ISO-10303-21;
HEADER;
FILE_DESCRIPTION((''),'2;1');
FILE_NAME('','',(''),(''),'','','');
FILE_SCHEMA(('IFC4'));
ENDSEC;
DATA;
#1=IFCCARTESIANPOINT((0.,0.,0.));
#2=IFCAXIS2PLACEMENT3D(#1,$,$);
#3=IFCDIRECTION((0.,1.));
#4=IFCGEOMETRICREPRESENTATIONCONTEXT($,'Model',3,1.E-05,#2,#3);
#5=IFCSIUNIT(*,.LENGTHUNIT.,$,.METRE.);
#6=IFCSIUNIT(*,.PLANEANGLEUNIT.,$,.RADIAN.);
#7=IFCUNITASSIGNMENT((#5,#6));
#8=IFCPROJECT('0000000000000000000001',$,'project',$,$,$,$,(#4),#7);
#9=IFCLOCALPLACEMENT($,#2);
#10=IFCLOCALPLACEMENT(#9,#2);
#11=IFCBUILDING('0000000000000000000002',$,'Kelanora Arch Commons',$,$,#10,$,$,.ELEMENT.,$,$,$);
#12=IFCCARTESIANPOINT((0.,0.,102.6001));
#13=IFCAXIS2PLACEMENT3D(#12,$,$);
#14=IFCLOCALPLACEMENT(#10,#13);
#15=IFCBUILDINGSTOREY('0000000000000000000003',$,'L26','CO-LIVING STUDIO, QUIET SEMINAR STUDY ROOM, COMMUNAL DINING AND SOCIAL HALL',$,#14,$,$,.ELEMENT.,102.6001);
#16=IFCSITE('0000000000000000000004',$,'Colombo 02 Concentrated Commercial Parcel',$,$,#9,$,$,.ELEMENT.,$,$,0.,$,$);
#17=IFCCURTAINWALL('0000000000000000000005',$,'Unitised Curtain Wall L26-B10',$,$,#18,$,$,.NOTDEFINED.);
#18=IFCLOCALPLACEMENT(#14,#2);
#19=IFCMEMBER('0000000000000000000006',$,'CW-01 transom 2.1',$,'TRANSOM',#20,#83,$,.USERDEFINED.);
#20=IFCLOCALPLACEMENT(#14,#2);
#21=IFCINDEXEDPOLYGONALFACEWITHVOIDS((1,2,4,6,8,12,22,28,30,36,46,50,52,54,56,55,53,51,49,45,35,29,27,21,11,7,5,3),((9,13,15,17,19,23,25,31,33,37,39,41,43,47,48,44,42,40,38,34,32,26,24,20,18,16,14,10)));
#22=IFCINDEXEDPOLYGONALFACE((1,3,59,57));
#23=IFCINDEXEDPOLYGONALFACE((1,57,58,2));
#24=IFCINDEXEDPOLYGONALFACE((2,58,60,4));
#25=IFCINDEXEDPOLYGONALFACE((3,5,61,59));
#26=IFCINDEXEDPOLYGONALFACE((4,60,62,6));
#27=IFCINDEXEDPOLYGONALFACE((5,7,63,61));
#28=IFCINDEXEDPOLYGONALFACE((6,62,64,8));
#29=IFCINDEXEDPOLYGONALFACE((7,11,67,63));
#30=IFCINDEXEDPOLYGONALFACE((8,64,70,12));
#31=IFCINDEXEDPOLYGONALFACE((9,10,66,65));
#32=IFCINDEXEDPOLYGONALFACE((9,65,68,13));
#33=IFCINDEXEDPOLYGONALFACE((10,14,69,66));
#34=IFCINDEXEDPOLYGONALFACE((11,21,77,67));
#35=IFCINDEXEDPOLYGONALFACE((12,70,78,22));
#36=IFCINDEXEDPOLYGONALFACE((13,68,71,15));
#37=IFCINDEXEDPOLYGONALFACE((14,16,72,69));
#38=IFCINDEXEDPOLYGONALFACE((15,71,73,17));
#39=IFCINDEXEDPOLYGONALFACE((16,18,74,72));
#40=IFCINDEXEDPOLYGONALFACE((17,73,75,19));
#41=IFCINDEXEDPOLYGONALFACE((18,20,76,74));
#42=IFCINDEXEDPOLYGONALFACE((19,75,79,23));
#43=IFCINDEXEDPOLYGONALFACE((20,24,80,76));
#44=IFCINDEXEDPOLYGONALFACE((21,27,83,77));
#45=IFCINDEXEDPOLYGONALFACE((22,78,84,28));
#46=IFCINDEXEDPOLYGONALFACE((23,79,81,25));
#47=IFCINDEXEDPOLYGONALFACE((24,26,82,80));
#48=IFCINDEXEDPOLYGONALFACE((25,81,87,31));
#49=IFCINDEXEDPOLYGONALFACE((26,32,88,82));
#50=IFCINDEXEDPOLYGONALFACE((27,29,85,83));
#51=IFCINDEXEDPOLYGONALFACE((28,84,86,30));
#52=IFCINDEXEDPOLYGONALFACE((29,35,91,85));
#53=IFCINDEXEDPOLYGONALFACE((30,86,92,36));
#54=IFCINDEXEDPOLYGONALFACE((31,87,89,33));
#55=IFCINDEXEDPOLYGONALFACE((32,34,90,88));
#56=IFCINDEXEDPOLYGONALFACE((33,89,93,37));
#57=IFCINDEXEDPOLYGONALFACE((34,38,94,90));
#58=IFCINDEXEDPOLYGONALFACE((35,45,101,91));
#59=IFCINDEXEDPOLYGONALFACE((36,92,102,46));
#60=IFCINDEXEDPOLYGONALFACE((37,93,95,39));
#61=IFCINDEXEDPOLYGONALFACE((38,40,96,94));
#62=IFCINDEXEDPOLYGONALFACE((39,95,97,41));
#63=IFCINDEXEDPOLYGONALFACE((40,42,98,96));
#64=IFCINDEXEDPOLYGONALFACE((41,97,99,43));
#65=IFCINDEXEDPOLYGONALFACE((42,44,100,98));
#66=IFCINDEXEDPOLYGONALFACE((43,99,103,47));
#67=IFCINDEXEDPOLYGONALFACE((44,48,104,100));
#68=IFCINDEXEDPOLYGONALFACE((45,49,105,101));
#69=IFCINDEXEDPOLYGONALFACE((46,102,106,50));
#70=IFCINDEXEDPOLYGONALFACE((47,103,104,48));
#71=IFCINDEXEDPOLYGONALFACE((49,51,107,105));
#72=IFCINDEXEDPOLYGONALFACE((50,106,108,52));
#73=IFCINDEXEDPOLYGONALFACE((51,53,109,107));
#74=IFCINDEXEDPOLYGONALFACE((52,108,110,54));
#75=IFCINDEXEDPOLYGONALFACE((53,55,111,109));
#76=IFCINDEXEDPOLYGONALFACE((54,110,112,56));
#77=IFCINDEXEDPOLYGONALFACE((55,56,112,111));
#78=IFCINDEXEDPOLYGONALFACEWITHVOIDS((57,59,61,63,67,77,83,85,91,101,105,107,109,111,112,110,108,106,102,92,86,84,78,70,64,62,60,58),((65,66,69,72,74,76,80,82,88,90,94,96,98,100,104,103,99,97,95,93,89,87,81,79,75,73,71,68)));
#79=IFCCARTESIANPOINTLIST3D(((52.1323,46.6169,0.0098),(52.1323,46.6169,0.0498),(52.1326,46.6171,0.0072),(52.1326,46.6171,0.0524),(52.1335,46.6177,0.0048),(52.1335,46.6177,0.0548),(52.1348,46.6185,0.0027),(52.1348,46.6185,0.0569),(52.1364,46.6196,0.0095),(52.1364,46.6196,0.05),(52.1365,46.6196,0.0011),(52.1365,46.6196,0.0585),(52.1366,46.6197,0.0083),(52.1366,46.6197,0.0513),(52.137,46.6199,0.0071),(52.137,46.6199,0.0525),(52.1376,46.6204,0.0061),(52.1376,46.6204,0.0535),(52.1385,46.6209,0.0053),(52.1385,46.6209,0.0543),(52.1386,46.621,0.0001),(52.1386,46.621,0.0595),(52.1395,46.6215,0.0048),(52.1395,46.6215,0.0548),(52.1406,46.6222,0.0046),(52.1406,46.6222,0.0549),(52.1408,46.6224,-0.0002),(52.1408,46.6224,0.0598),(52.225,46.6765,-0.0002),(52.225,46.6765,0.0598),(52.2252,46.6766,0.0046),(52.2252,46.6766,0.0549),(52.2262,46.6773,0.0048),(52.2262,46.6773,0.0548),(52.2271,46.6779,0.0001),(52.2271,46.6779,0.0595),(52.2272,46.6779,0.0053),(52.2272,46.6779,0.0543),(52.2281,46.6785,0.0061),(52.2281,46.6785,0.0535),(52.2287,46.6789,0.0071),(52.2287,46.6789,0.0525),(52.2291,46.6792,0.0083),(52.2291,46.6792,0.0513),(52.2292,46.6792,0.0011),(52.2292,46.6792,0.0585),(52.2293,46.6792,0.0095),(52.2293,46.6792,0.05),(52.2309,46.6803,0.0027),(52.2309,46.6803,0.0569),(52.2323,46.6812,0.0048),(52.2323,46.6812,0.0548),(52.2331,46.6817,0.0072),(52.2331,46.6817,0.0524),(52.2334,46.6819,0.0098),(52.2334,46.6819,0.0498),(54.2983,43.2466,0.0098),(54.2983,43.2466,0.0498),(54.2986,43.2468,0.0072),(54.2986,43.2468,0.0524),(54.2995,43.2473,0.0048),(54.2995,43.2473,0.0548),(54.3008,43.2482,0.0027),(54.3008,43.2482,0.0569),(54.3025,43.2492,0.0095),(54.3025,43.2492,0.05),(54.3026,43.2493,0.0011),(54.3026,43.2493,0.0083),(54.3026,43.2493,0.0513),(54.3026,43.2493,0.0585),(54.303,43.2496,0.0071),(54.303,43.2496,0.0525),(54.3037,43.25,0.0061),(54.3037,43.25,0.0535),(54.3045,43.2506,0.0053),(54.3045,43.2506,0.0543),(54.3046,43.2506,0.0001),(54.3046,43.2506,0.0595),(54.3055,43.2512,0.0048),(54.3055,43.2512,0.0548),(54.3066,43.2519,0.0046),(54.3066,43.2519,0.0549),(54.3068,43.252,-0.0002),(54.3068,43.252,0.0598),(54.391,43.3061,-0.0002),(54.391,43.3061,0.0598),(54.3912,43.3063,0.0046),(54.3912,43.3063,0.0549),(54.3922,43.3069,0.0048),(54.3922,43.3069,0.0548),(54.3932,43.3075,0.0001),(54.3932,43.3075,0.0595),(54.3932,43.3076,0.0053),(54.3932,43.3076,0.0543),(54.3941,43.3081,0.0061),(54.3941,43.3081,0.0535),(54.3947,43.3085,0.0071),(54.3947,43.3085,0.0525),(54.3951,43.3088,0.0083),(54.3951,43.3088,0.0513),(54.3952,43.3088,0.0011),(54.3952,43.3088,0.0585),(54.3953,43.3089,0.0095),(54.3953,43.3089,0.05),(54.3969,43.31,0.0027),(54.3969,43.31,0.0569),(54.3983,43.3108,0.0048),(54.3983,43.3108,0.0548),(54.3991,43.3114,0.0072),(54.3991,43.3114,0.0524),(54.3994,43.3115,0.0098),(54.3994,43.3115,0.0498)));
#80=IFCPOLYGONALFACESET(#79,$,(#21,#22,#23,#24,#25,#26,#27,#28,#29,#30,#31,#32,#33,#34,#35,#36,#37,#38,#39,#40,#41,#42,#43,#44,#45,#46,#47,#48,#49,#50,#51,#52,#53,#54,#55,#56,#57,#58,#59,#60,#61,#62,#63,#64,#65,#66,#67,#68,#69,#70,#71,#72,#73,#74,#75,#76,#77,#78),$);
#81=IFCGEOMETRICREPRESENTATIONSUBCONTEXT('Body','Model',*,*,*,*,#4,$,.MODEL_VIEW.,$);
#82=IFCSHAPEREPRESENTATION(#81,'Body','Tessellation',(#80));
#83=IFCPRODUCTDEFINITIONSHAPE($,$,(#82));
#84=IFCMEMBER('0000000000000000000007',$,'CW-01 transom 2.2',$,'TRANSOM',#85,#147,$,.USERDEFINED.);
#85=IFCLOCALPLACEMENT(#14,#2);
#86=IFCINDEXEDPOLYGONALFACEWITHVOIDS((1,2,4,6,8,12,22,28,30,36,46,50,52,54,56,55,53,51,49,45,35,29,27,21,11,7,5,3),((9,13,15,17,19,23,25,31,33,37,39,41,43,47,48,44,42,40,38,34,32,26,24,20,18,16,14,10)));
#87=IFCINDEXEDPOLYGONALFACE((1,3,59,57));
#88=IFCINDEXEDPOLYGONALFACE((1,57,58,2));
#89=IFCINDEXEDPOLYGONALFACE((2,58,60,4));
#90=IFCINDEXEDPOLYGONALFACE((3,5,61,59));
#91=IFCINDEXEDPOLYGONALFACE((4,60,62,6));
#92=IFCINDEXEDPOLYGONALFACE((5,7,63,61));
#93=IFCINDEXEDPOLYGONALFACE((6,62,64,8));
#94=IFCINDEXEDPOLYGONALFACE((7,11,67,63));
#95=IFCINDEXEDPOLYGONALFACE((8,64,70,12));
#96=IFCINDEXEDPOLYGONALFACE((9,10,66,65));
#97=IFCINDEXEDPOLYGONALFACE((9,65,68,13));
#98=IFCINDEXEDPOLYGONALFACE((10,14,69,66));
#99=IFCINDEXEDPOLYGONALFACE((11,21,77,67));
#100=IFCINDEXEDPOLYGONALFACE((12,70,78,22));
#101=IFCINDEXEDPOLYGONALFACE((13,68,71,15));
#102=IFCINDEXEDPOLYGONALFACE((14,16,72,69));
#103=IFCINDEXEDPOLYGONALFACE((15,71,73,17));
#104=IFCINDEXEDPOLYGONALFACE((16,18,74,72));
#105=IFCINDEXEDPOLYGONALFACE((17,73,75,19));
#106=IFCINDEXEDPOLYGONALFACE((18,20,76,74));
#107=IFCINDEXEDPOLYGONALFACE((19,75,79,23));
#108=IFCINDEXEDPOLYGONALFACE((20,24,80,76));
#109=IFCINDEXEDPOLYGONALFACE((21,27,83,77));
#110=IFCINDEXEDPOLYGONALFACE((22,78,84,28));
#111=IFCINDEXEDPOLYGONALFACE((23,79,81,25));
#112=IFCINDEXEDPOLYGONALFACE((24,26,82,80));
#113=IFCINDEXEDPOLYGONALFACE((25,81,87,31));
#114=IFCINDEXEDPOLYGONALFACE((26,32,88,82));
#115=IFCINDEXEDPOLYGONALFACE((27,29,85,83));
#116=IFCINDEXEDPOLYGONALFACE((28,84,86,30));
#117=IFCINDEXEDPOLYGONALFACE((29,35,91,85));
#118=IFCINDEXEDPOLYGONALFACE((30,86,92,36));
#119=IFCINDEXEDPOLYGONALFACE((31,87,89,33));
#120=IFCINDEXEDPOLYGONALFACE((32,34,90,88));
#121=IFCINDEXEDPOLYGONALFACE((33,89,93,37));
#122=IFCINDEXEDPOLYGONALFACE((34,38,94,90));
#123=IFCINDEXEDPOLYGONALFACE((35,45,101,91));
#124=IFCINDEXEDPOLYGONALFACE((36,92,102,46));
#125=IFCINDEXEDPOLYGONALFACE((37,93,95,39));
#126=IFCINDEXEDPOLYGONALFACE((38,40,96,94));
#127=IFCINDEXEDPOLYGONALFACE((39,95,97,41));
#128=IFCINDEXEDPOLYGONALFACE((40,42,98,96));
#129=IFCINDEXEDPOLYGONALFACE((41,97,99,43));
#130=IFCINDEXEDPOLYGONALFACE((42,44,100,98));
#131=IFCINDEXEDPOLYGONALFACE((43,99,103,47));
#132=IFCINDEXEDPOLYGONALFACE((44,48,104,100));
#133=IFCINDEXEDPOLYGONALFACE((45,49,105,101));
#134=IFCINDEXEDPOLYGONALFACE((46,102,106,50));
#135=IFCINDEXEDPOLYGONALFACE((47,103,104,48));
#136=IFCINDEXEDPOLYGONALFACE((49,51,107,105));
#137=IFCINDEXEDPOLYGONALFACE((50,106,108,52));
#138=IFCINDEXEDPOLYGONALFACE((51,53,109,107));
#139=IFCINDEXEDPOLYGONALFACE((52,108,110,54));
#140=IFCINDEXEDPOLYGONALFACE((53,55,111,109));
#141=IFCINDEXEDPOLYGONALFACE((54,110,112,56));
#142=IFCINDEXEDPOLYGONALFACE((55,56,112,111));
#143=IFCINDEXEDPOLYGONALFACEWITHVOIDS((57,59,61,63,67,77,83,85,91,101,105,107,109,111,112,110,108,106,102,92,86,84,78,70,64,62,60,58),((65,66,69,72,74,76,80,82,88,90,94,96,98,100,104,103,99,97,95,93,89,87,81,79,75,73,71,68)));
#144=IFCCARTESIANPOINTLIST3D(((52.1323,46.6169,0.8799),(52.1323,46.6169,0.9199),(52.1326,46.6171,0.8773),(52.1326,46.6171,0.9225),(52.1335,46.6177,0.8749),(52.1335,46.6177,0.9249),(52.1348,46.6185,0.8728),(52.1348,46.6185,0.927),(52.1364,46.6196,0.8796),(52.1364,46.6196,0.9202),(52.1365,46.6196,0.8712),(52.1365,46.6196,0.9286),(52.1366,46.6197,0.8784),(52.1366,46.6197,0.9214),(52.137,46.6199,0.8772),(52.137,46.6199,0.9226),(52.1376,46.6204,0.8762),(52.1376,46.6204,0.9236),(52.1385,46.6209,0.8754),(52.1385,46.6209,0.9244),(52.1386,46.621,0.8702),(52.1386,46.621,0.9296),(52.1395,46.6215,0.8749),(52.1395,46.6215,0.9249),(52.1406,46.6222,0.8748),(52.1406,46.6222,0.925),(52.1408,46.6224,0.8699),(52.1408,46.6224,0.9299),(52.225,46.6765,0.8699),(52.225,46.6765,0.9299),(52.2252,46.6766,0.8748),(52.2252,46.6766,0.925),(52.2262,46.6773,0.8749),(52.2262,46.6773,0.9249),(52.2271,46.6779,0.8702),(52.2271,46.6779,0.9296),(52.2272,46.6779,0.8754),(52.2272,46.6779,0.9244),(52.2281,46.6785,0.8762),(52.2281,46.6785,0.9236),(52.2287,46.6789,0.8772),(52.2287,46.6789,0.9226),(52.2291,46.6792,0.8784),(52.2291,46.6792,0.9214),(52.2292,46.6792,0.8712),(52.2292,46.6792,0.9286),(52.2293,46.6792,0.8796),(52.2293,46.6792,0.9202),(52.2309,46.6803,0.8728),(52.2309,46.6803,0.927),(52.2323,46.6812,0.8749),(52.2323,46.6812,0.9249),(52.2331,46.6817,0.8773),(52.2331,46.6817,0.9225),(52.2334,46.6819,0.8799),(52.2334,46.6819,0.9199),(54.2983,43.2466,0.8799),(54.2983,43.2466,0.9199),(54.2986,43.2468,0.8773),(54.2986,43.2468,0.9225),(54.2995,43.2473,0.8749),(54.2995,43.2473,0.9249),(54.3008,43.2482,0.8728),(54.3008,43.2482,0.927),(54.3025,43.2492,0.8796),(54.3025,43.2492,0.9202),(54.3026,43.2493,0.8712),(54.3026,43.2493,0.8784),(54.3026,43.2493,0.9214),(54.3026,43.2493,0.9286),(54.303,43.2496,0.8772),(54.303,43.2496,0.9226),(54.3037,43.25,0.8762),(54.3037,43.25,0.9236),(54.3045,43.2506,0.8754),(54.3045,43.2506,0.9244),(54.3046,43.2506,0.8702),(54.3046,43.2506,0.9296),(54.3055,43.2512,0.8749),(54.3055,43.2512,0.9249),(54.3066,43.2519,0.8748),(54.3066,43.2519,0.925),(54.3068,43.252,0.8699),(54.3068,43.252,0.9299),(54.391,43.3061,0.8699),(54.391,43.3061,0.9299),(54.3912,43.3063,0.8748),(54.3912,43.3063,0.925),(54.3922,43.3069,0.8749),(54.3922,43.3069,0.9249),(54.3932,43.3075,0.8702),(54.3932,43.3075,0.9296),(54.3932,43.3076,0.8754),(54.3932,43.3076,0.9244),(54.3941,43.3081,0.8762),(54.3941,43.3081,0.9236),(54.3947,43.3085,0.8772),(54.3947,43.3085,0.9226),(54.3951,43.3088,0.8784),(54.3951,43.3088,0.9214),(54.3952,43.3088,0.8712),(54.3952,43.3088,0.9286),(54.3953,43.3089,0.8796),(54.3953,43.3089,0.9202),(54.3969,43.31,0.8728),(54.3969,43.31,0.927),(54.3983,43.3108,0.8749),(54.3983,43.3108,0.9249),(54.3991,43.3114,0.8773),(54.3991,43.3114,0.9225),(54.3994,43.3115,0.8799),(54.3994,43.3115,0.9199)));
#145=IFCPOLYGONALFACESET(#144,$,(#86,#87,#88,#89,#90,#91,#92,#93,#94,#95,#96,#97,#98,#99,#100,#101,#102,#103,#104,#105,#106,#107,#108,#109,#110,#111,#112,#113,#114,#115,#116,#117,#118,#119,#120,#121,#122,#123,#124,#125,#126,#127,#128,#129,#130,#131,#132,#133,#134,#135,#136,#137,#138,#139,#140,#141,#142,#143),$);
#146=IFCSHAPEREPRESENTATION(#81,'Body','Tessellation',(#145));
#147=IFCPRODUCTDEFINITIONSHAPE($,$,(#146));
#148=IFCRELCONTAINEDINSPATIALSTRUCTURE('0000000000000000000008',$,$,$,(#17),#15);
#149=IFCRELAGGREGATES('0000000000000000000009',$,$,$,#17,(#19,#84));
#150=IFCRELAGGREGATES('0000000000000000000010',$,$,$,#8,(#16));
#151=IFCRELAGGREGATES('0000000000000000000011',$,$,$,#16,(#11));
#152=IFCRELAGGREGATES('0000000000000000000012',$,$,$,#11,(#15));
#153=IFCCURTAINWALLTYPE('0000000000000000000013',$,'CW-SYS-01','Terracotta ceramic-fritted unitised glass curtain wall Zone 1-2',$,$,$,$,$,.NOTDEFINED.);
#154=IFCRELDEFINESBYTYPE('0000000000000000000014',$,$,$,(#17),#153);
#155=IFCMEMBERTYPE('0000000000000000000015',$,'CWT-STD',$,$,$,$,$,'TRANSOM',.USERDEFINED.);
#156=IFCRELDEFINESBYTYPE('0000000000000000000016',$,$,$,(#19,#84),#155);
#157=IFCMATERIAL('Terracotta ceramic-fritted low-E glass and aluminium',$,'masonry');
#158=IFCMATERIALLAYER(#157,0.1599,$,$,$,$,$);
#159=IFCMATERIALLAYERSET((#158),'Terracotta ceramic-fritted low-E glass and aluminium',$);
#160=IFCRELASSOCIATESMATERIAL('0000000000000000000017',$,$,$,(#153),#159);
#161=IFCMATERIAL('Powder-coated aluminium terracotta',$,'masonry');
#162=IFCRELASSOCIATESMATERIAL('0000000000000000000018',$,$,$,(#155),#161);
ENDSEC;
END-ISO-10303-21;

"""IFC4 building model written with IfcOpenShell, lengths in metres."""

from ifc_helpers import new_model, si_unit, direction, frame, origin, origin_2d, place, context, subcontext, project, spatial, hollow_rectangle, extrude, material, layer, layer_set, material_profile, profile_set, type_object, element, aggregate, save


model = new_model("IFC4")

# Units and contexts
model_context = context("Model", 3, precision=1e-05, world=origin(), true_north=direction((0.0, 1.0)))
body_context = subcontext(model_context, "Body", "Model", "MODEL_VIEW")
ifc_project = project(units=[si_unit("LENGTHUNIT", "METRE"), si_unit("PLANEANGLEUNIT", "RADIAN")], contexts=[model_context])

# Site, building, storey
site_placement = place(None, origin())
site = spatial("IfcSite", under=ifc_project, at=site_placement, Name="Colombo 02 Concentrated Commercial Parcel", CompositionType="ELEMENT", RefElevation=0.0)
building_placement = place(site_placement, origin())
building = spatial("IfcBuilding", under=site, at=building_placement, Name="Kelanora Arch Commons", CompositionType="ELEMENT")
storey_placement = place(building_placement, frame((0.0, 0.0, 102.6001)))
storey = spatial("IfcBuildingStorey", under=building, at=storey_placement, Name="L26", Description="CO-LIVING STUDIO, QUIET SEMINAR STUDY ROOM, COMMUNAL DINING AND SOCIAL HALL", CompositionType="ELEMENT", Elevation=102.6001)

# Shared definitions
ifc_material_1 = material(Name="Terracotta ceramic-fritted low-E glass and aluminium", Category="masonry")
ifc_layer_1 = layer(ifc_material_1, 0.1599)
ifc_layer_set_1 = layer_set([ifc_layer_1], Name="Terracotta ceramic-fritted low-E glass and aluminium")
curtain_wall_type = type_object("IfcCurtainWallType", Name="CW-SYS-01", Description="Terracotta ceramic-fritted unitised glass curtain wall Zone 1-2", PredefinedType="NOTDEFINED", material=ifc_layer_set_1)
ifc_material_2 = material(Name="Powder-coated aluminium terracotta", Category="masonry")

# Curtain wall, members
curtain_wall_1_placement = place(storey_placement, origin())
curtain_wall_1 = element("IfcCurtainWall", 1, at=curtain_wall_1_placement, inside=storey, type_object=curtain_wall_type, Name="Unitised Curtain Wall L26-B10", PredefinedType="NOTDEFINED")
ifc_material_profile_1 = material_profile(ifc_material_2, hollow_rectangle(XDim=0.1201, YDim=0.0601, WallThickness=0.0049, InnerFilletRadius=0.0049, OuterFilletRadius=0.01, at=origin_2d()), Name="CWT120x60")
ifc_profile_set_1 = profile_set([ifc_material_profile_1], Name="Powder-coated aluminium terracotta")
member_type_1 = type_object("IfcMemberType", Name="CWT-STD", ElementType="TRANSOM", PredefinedType="USERDEFINED", material=ifc_profile_set_1)
member_1_placement = place(storey_placement, frame((52.1829, 46.6494, 0.0298), z_axis=(0.540644, -0.841252, 0.0), x_axis=(0.841252, 0.540644, 0.0)))
member_1 = element("IfcMember", 2, at=member_1_placement, type_object=member_type_1, Name="CW-01 transom 2.1", ObjectType="TRANSOM", PredefinedType="USERDEFINED", context=body_context, shape_type="SweptSolid", body=[
    extrude(hollow_rectangle(XDim=0.1201, YDim=0.0601, WallThickness=0.0049, InnerFilletRadius=0.0049, OuterFilletRadius=0.01, at=origin_2d()), origin(), (0.0, 0.0, 1.0), 4.0063),
])
member_2_placement = place(storey_placement, frame((52.1829, 46.6494, 0.8999), z_axis=(0.540644, -0.841252, 0.0), x_axis=(0.841252, 0.540644, 0.0)))
member_2 = element("IfcMember", 3, at=member_2_placement, type_object=member_type_1, Name="CW-01 transom 2.2", ObjectType="TRANSOM", PredefinedType="USERDEFINED", context=body_context, shape_type="SweptSolid", body=[
    extrude(hollow_rectangle(XDim=0.1201, YDim=0.0601, WallThickness=0.0049, InnerFilletRadius=0.0049, OuterFilletRadius=0.01, at=origin_2d()), origin(), (0.0, 0.0, 1.0), 4.0063),
])

aggregate(curtain_wall_1, [member_1, member_2])

save(model, "model.ifc")
